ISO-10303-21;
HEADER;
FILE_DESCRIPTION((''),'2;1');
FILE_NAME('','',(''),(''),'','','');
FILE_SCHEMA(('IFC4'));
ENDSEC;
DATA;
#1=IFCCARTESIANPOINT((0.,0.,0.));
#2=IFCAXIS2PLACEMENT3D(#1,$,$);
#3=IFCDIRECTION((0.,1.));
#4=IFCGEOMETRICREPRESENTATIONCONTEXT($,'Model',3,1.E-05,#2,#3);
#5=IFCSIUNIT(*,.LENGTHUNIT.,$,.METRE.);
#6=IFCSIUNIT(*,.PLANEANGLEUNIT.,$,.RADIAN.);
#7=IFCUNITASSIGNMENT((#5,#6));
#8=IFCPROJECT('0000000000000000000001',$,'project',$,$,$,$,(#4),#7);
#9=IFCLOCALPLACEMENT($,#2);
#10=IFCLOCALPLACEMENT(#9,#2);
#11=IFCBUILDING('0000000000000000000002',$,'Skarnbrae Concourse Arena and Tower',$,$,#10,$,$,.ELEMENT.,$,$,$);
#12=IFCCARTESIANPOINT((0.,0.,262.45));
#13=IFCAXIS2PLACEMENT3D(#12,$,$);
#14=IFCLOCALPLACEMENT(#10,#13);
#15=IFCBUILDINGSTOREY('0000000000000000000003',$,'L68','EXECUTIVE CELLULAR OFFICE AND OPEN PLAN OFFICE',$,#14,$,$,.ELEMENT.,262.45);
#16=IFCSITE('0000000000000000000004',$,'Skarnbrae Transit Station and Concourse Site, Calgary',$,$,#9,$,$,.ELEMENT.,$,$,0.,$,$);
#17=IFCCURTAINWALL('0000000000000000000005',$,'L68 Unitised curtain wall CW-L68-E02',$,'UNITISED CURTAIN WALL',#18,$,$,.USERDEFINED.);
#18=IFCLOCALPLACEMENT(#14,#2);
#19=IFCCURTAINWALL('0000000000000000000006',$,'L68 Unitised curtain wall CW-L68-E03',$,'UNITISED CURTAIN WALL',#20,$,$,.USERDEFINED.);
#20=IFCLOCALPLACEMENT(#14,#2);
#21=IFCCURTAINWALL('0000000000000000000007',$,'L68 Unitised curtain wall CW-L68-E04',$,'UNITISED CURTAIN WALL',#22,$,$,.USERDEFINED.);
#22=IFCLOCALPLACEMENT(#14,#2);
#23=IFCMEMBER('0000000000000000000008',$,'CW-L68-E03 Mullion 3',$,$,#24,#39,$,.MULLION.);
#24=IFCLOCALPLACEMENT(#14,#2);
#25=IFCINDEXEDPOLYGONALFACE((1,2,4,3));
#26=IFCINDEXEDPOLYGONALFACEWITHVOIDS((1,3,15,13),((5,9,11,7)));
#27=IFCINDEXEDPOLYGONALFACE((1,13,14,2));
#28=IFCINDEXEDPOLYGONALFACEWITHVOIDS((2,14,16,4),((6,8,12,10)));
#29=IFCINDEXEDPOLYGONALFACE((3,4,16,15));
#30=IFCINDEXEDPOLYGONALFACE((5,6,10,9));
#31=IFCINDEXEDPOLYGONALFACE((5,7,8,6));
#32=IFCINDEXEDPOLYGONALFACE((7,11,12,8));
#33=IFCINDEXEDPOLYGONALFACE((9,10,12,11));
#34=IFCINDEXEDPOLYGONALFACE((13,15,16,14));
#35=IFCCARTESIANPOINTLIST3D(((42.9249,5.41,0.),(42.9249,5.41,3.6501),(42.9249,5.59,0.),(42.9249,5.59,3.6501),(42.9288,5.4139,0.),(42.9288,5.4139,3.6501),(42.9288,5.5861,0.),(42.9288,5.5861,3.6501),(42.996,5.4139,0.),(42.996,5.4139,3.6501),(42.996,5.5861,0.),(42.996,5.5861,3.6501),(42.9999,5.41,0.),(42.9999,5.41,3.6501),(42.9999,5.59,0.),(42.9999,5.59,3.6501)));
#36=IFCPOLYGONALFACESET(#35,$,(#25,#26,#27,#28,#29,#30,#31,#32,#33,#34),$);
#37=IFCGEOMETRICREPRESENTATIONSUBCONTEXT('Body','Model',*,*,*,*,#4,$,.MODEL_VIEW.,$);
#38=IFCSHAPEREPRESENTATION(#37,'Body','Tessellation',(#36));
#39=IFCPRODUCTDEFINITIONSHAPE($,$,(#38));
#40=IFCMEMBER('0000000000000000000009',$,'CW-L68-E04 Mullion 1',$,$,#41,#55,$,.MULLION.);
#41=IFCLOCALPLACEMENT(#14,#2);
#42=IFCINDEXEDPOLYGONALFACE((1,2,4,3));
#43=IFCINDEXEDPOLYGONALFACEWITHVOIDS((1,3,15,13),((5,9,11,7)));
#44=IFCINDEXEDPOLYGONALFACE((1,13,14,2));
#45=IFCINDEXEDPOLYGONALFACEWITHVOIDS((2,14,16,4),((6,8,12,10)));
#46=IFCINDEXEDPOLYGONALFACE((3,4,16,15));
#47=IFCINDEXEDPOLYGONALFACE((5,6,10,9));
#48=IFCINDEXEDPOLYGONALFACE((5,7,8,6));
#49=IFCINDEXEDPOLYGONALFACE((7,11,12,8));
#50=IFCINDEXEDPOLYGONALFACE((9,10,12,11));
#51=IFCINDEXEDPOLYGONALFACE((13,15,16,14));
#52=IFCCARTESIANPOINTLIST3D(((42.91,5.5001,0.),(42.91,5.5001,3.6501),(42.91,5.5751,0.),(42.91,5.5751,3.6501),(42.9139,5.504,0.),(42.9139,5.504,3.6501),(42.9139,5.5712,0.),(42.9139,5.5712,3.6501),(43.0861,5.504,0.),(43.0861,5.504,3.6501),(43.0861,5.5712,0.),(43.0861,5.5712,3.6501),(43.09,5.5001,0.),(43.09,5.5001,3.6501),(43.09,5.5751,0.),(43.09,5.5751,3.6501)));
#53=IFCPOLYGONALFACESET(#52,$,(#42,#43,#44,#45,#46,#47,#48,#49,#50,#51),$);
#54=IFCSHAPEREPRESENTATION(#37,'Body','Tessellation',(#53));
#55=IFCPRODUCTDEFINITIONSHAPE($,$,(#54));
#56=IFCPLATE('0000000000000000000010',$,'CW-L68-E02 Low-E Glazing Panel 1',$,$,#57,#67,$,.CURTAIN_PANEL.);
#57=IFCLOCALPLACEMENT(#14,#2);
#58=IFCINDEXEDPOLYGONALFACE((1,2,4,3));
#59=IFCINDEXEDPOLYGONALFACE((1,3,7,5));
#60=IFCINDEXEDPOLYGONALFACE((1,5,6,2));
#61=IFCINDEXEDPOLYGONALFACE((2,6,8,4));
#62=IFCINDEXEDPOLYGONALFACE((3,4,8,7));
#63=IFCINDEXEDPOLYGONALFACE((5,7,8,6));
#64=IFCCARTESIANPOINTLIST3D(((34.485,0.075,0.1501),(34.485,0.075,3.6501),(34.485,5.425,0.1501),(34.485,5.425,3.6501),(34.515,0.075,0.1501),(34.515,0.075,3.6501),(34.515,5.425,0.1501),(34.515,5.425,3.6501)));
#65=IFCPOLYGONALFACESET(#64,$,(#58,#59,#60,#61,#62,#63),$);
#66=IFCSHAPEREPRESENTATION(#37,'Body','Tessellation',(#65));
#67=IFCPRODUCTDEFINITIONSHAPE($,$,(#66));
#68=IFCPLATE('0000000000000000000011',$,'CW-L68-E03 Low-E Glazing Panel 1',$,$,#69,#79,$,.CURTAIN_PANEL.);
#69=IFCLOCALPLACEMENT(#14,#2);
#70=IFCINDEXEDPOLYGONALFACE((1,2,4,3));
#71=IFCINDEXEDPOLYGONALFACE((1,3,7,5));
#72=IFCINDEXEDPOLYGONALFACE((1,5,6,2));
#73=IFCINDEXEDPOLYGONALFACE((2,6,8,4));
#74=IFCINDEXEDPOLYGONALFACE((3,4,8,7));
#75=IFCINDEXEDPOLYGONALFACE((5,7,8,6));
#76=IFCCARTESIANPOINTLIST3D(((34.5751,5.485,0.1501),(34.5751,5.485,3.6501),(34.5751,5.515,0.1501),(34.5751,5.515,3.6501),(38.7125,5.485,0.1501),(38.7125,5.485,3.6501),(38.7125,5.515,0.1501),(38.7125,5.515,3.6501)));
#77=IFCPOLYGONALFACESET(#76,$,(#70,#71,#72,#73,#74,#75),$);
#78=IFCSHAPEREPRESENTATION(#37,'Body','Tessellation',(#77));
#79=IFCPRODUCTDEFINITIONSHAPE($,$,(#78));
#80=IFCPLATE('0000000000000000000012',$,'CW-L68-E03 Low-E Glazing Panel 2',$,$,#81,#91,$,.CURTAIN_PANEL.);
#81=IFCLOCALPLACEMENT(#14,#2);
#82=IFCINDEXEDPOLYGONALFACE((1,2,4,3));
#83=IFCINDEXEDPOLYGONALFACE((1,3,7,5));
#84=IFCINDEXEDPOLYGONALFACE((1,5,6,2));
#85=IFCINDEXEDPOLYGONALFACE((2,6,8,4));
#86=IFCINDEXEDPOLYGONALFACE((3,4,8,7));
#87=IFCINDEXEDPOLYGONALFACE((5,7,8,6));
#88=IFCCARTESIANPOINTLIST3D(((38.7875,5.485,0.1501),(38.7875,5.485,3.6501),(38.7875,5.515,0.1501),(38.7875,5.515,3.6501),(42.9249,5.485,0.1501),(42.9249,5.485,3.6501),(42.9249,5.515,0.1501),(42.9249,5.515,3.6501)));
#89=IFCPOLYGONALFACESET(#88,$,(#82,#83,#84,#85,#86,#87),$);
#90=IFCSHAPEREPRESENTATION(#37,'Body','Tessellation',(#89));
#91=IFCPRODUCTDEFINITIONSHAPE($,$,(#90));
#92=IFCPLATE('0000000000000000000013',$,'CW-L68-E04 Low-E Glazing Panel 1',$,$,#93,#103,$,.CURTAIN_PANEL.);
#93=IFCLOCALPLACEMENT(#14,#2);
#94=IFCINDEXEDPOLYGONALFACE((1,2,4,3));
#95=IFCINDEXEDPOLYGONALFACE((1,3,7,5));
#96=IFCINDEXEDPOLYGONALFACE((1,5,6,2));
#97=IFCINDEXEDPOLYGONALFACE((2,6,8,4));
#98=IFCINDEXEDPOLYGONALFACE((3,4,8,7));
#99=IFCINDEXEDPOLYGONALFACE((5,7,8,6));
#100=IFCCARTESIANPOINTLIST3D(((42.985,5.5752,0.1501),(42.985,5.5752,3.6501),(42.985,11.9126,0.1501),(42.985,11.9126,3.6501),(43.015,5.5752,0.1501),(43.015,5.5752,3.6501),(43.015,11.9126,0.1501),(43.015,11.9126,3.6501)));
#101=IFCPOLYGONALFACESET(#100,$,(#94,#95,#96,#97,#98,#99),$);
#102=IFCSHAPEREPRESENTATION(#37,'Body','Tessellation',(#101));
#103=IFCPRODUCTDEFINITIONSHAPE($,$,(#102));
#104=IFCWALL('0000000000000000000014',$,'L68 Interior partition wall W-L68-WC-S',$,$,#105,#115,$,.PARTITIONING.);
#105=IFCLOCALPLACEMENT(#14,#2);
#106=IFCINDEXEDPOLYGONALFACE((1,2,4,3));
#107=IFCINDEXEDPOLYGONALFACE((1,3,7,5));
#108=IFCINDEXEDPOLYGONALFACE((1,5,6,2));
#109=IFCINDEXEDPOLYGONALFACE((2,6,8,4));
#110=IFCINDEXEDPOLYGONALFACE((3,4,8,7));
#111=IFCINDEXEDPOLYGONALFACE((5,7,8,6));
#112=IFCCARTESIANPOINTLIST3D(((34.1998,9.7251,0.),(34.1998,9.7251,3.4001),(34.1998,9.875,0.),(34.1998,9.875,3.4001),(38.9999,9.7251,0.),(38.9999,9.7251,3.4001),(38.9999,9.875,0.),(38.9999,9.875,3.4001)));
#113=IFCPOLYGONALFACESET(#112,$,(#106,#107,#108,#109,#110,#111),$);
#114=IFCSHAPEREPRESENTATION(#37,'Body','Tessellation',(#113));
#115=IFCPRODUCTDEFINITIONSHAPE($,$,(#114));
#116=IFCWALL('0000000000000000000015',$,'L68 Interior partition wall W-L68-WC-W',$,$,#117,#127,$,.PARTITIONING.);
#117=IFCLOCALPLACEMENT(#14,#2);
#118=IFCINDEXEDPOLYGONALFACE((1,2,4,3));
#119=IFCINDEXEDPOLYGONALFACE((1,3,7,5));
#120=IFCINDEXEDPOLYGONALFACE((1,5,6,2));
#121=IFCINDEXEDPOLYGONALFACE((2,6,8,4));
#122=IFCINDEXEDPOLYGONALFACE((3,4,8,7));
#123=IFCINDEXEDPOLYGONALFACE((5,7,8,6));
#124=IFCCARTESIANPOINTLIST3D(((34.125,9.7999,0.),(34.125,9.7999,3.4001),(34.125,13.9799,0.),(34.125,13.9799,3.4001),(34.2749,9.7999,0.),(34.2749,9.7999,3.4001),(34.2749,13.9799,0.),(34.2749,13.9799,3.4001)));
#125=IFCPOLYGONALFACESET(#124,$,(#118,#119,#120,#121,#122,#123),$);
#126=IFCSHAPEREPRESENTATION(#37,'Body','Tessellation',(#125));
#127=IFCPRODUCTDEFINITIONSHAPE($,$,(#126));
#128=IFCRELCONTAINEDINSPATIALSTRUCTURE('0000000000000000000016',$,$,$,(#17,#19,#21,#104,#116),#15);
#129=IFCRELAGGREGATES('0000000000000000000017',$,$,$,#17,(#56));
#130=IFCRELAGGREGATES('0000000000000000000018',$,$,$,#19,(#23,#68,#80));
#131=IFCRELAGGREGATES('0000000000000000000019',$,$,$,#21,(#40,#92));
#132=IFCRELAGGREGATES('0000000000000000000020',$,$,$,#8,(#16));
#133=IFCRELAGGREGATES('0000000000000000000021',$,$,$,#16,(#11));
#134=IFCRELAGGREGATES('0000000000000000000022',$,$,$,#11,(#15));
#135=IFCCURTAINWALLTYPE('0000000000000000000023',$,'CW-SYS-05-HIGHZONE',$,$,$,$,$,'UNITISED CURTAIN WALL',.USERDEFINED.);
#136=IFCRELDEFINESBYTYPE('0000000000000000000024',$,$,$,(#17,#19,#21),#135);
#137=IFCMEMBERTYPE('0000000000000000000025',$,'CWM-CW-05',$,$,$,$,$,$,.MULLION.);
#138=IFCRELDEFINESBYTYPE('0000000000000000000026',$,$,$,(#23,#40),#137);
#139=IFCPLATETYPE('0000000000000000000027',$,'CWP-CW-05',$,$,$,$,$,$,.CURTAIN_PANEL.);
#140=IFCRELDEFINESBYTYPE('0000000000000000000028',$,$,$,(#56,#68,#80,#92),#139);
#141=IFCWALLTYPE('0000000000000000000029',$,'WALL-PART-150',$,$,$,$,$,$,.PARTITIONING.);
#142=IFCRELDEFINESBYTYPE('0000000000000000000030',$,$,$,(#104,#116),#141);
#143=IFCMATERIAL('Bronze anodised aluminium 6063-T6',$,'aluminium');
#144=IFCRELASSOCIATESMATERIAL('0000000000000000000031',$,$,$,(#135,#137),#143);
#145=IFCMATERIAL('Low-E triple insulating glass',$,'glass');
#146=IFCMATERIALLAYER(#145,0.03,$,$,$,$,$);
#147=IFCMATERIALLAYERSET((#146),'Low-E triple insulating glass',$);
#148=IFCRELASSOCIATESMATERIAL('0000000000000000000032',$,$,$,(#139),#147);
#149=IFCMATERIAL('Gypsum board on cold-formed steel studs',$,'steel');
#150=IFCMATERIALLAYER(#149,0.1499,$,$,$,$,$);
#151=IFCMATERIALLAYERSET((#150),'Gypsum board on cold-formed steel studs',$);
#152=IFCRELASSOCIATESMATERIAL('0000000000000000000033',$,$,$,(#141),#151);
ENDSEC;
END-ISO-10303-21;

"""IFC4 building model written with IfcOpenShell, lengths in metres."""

from ifc_helpers import new_model, si_unit, direction, frame, frame_2d, origin, origin_2d, place, context, subcontext, project, spatial, rectangle, hollow_rectangle, extrude, source, transform, mapped, material, layer, layer_set, material_profile, profile_set, type_object, element, aggregate, save


model = new_model("IFC4")

# Units and contexts
model_context = context("Model", 3, precision=1e-05, world=origin(), true_north=direction((0.0, 1.0)))
body_context = subcontext(model_context, "Body", "Model", "MODEL_VIEW")
ifc_project = project(units=[si_unit("LENGTHUNIT", "METRE"), si_unit("PLANEANGLEUNIT", "RADIAN")], contexts=[model_context])

# Site, building, storey
site_placement = place(None, origin())
site = spatial("IfcSite", under=ifc_project, at=site_placement, Name="Skarnbrae Transit Station and Concourse Site, Calgary", CompositionType="ELEMENT", RefElevation=0.0)
building_placement = place(site_placement, origin())
building = spatial("IfcBuilding", under=site, at=building_placement, Name="Skarnbrae Concourse Arena and Tower", CompositionType="ELEMENT")
storey_placement = place(building_placement, frame((0.0, 0.0, 262.45)))
storey = spatial("IfcBuildingStorey", under=building, at=storey_placement, Name="L68", Description="EXECUTIVE CELLULAR OFFICE AND OPEN PLAN OFFICE", CompositionType="ELEMENT", Elevation=262.45)

# Curtain wall
ifc_material_1 = material(Name="Bronze anodised aluminium 6063-T6", Category="aluminium")
curtain_wall_type = type_object("IfcCurtainWallType", Name="CW-SYS-05-HIGHZONE", ElementType="UNITISED CURTAIN WALL", PredefinedType="USERDEFINED", material=ifc_material_1)
curtain_wall_1_placement = place(storey_placement, origin())
curtain_wall_1 = element("IfcCurtainWall", 1, at=curtain_wall_1_placement, inside=storey, type_object=curtain_wall_type, Name="L68 Unitised curtain wall CW-L68-E02", ObjectType="UNITISED CURTAIN WALL", PredefinedType="USERDEFINED")

# Curtain wall
curtain_wall_2_placement = place(storey_placement, origin())
curtain_wall_2 = element("IfcCurtainWall", 2, at=curtain_wall_2_placement, inside=storey, type_object=curtain_wall_type, Name="L68 Unitised curtain wall CW-L68-E03", ObjectType="UNITISED CURTAIN WALL", PredefinedType="USERDEFINED")

# Curtain wall
curtain_wall_3_placement = place(storey_placement, origin())
curtain_wall_3 = element("IfcCurtainWall", 3, at=curtain_wall_3_placement, inside=storey, type_object=curtain_wall_type, Name="L68 Unitised curtain wall CW-L68-E04", ObjectType="UNITISED CURTAIN WALL", PredefinedType="USERDEFINED")

# Members
ifc_material_profile_1 = material_profile(ifc_material_1, hollow_rectangle(XDim=0.075, YDim=0.1799, WallThickness=0.0039, at=origin_2d()), Name="ALU-MULL-75X180")
ifc_profile_set_1 = profile_set([ifc_material_profile_1], Name="Bronze anodised aluminium 6063-T6")
member_type_1 = type_object("IfcMemberType", Name="CWM-CW-05", PredefinedType="MULLION", material=ifc_profile_set_1)
shared_shape_1 = source(origin(), body_context, "Body", "SweptSolid", [
    extrude(hollow_rectangle(XDim=0.075, YDim=0.1799, WallThickness=0.0039, at=origin_2d()), origin(), (0.0, 0.0, 1.0), 3.6501),
])
member_1_placement = place(storey_placement, frame((42.9624, 5.5, 0.0), z_axis=(0.0, 0.0, 1.0), x_axis=(1.0, 0.0, 0.0)))
member_1 = element("IfcMember", 4, at=member_1_placement, type_object=member_type_1, Name="CW-L68-E03 Mullion 3", PredefinedType="MULLION", context=body_context, shape_type="MappedRepresentation", body=[
    mapped(shared_shape_1, transform((0.0, 0.0, 0.0))),
])
member_2_placement = place(storey_placement, frame((43.0, 5.5376, 0.0), z_axis=(0.0, 0.0, 1.0), x_axis=(0.0, 1.0, 0.0)))
member_2 = element("IfcMember", 5, at=member_2_placement, type_object=member_type_1, Name="CW-L68-E04 Mullion 1", PredefinedType="MULLION", context=body_context, shape_type="MappedRepresentation", body=[
    mapped(shared_shape_1, transform((0.0, 0.0, 0.0))),
])

# Plates
ifc_material_2 = material(Name="Low-E triple insulating glass", Category="glass")
ifc_layer_1 = layer(ifc_material_2, 0.03)
ifc_layer_set_1 = layer_set([ifc_layer_1], Name="Low-E triple insulating glass")
plate_type = type_object("IfcPlateType", Name="CWP-CW-05", PredefinedType="CURTAIN_PANEL", material=ifc_layer_set_1)
shared_shape_2 = source(origin(), body_context, "Body", "SweptSolid", [
    extrude(rectangle(XDim=5.3501, YDim=0.03, at=origin_2d()), origin(), (0.0, 0.0, 1.0), 3.5),
])
plate_1_placement = place(storey_placement, frame((34.5, 2.75, 0.1501), z_axis=(0.0, 0.0, 1.0), x_axis=(0.0, 1.0, 0.0)))
plate_1 = element("IfcPlate", 6, at=plate_1_placement, type_object=plate_type, Name="CW-L68-E02 Low-E Glazing Panel 1", PredefinedType="CURTAIN_PANEL", context=body_context, shape_type="MappedRepresentation", body=[
    mapped(shared_shape_2, transform((0.0, 0.0, 0.0))),
])
aggregate(curtain_wall_1, [plate_1])
shared_shape_3 = source(origin(), body_context, "Body", "SweptSolid", [
    extrude(rectangle(XDim=4.1375, YDim=0.03, at=origin_2d()), origin(), (0.0, 0.0, 1.0), 3.5),
])
plate_2_placement = place(storey_placement, frame((36.6438, 5.5, 0.1501), z_axis=(0.0, 0.0, 1.0), x_axis=(1.0, 0.0, 0.0)))
plate_2 = element("IfcPlate", 7, at=plate_2_placement, type_object=plate_type, Name="CW-L68-E03 Low-E Glazing Panel 1", PredefinedType="CURTAIN_PANEL", context=body_context, shape_type="MappedRepresentation", body=[
    mapped(shared_shape_3, transform((0.0, 0.0, 0.0))),
])
plate_3_placement = place(storey_placement, frame((40.8562, 5.5, 0.1501), z_axis=(0.0, 0.0, 1.0), x_axis=(1.0, 0.0, 0.0)))
plate_3 = element("IfcPlate", 8, at=plate_3_placement, type_object=plate_type, Name="CW-L68-E03 Low-E Glazing Panel 2", PredefinedType="CURTAIN_PANEL", context=body_context, shape_type="MappedRepresentation", body=[
    mapped(shared_shape_3, transform((0.0, 0.0, 0.0))),
])
aggregate(curtain_wall_2, [member_1, plate_2, plate_3])
shared_shape_4 = source(origin(), body_context, "Body", "SweptSolid", [
    extrude(rectangle(XDim=6.3374, YDim=0.03, at=origin_2d()), origin(), (0.0, 0.0, 1.0), 3.5),
])
plate_4_placement = place(storey_placement, frame((43.0, 8.7439, 0.1501), z_axis=(0.0, 0.0, 1.0), x_axis=(0.0, 1.0, 0.0)))
plate_4 = element("IfcPlate", 9, at=plate_4_placement, type_object=plate_type, Name="CW-L68-E04 Low-E Glazing Panel 1", PredefinedType="CURTAIN_PANEL", context=body_context, shape_type="MappedRepresentation", body=[
    mapped(shared_shape_4, transform((0.0, 0.0, 0.0))),
])
aggregate(curtain_wall_3, [member_2, plate_4])

# Walls
ifc_material_3 = material(Name="Gypsum board on cold-formed steel studs", Category="steel")
ifc_layer_2 = layer(ifc_material_3, 0.1499)
ifc_layer_set_2 = layer_set([ifc_layer_2], Name="Gypsum board on cold-formed steel studs")
wall_type = type_object("IfcWallType", Name="WALL-PART-150", PredefinedType="PARTITIONING", material=ifc_layer_set_2)
shared_shape_5 = source(origin(), body_context, "Body", "SweptSolid", [
    extrude(rectangle(XDim=4.8, YDim=0.1499, at=frame_2d((2.3999, 0.0))), origin(), (0.0, 0.0, 1.0), 3.4001),
])
wall_1_placement = place(storey_placement, frame((34.2, 9.8, 0.0), z_axis=(0.0, 0.0, 1.0), x_axis=(1.0, 0.0, 0.0)))
element("IfcWall", 10, at=wall_1_placement, inside=storey, type_object=wall_type, Name="L68 Interior partition wall W-L68-WC-S", PredefinedType="PARTITIONING", context=body_context, shape_type="MappedRepresentation", body=[
    mapped(shared_shape_5, transform((0.0, 0.0, 0.0))),
])
shared_shape_6 = source(origin(), body_context, "Body", "SweptSolid", [
    extrude(rectangle(XDim=4.1799, YDim=0.1499, at=frame_2d((2.0898, 0.0))), origin(), (0.0, 0.0, 1.0), 3.4001),
])
wall_2_placement = place(storey_placement, frame((34.2, 9.8, 0.0), z_axis=(0.0, 0.0, 1.0), x_axis=(0.0, 1.0, 0.0)))
element("IfcWall", 11, at=wall_2_placement, inside=storey, type_object=wall_type, Name="L68 Interior partition wall W-L68-WC-W", PredefinedType="PARTITIONING", context=body_context, shape_type="MappedRepresentation", body=[
    mapped(shared_shape_6, transform((0.0, 0.0, 0.0))),
])

save(model, "model.ifc")
